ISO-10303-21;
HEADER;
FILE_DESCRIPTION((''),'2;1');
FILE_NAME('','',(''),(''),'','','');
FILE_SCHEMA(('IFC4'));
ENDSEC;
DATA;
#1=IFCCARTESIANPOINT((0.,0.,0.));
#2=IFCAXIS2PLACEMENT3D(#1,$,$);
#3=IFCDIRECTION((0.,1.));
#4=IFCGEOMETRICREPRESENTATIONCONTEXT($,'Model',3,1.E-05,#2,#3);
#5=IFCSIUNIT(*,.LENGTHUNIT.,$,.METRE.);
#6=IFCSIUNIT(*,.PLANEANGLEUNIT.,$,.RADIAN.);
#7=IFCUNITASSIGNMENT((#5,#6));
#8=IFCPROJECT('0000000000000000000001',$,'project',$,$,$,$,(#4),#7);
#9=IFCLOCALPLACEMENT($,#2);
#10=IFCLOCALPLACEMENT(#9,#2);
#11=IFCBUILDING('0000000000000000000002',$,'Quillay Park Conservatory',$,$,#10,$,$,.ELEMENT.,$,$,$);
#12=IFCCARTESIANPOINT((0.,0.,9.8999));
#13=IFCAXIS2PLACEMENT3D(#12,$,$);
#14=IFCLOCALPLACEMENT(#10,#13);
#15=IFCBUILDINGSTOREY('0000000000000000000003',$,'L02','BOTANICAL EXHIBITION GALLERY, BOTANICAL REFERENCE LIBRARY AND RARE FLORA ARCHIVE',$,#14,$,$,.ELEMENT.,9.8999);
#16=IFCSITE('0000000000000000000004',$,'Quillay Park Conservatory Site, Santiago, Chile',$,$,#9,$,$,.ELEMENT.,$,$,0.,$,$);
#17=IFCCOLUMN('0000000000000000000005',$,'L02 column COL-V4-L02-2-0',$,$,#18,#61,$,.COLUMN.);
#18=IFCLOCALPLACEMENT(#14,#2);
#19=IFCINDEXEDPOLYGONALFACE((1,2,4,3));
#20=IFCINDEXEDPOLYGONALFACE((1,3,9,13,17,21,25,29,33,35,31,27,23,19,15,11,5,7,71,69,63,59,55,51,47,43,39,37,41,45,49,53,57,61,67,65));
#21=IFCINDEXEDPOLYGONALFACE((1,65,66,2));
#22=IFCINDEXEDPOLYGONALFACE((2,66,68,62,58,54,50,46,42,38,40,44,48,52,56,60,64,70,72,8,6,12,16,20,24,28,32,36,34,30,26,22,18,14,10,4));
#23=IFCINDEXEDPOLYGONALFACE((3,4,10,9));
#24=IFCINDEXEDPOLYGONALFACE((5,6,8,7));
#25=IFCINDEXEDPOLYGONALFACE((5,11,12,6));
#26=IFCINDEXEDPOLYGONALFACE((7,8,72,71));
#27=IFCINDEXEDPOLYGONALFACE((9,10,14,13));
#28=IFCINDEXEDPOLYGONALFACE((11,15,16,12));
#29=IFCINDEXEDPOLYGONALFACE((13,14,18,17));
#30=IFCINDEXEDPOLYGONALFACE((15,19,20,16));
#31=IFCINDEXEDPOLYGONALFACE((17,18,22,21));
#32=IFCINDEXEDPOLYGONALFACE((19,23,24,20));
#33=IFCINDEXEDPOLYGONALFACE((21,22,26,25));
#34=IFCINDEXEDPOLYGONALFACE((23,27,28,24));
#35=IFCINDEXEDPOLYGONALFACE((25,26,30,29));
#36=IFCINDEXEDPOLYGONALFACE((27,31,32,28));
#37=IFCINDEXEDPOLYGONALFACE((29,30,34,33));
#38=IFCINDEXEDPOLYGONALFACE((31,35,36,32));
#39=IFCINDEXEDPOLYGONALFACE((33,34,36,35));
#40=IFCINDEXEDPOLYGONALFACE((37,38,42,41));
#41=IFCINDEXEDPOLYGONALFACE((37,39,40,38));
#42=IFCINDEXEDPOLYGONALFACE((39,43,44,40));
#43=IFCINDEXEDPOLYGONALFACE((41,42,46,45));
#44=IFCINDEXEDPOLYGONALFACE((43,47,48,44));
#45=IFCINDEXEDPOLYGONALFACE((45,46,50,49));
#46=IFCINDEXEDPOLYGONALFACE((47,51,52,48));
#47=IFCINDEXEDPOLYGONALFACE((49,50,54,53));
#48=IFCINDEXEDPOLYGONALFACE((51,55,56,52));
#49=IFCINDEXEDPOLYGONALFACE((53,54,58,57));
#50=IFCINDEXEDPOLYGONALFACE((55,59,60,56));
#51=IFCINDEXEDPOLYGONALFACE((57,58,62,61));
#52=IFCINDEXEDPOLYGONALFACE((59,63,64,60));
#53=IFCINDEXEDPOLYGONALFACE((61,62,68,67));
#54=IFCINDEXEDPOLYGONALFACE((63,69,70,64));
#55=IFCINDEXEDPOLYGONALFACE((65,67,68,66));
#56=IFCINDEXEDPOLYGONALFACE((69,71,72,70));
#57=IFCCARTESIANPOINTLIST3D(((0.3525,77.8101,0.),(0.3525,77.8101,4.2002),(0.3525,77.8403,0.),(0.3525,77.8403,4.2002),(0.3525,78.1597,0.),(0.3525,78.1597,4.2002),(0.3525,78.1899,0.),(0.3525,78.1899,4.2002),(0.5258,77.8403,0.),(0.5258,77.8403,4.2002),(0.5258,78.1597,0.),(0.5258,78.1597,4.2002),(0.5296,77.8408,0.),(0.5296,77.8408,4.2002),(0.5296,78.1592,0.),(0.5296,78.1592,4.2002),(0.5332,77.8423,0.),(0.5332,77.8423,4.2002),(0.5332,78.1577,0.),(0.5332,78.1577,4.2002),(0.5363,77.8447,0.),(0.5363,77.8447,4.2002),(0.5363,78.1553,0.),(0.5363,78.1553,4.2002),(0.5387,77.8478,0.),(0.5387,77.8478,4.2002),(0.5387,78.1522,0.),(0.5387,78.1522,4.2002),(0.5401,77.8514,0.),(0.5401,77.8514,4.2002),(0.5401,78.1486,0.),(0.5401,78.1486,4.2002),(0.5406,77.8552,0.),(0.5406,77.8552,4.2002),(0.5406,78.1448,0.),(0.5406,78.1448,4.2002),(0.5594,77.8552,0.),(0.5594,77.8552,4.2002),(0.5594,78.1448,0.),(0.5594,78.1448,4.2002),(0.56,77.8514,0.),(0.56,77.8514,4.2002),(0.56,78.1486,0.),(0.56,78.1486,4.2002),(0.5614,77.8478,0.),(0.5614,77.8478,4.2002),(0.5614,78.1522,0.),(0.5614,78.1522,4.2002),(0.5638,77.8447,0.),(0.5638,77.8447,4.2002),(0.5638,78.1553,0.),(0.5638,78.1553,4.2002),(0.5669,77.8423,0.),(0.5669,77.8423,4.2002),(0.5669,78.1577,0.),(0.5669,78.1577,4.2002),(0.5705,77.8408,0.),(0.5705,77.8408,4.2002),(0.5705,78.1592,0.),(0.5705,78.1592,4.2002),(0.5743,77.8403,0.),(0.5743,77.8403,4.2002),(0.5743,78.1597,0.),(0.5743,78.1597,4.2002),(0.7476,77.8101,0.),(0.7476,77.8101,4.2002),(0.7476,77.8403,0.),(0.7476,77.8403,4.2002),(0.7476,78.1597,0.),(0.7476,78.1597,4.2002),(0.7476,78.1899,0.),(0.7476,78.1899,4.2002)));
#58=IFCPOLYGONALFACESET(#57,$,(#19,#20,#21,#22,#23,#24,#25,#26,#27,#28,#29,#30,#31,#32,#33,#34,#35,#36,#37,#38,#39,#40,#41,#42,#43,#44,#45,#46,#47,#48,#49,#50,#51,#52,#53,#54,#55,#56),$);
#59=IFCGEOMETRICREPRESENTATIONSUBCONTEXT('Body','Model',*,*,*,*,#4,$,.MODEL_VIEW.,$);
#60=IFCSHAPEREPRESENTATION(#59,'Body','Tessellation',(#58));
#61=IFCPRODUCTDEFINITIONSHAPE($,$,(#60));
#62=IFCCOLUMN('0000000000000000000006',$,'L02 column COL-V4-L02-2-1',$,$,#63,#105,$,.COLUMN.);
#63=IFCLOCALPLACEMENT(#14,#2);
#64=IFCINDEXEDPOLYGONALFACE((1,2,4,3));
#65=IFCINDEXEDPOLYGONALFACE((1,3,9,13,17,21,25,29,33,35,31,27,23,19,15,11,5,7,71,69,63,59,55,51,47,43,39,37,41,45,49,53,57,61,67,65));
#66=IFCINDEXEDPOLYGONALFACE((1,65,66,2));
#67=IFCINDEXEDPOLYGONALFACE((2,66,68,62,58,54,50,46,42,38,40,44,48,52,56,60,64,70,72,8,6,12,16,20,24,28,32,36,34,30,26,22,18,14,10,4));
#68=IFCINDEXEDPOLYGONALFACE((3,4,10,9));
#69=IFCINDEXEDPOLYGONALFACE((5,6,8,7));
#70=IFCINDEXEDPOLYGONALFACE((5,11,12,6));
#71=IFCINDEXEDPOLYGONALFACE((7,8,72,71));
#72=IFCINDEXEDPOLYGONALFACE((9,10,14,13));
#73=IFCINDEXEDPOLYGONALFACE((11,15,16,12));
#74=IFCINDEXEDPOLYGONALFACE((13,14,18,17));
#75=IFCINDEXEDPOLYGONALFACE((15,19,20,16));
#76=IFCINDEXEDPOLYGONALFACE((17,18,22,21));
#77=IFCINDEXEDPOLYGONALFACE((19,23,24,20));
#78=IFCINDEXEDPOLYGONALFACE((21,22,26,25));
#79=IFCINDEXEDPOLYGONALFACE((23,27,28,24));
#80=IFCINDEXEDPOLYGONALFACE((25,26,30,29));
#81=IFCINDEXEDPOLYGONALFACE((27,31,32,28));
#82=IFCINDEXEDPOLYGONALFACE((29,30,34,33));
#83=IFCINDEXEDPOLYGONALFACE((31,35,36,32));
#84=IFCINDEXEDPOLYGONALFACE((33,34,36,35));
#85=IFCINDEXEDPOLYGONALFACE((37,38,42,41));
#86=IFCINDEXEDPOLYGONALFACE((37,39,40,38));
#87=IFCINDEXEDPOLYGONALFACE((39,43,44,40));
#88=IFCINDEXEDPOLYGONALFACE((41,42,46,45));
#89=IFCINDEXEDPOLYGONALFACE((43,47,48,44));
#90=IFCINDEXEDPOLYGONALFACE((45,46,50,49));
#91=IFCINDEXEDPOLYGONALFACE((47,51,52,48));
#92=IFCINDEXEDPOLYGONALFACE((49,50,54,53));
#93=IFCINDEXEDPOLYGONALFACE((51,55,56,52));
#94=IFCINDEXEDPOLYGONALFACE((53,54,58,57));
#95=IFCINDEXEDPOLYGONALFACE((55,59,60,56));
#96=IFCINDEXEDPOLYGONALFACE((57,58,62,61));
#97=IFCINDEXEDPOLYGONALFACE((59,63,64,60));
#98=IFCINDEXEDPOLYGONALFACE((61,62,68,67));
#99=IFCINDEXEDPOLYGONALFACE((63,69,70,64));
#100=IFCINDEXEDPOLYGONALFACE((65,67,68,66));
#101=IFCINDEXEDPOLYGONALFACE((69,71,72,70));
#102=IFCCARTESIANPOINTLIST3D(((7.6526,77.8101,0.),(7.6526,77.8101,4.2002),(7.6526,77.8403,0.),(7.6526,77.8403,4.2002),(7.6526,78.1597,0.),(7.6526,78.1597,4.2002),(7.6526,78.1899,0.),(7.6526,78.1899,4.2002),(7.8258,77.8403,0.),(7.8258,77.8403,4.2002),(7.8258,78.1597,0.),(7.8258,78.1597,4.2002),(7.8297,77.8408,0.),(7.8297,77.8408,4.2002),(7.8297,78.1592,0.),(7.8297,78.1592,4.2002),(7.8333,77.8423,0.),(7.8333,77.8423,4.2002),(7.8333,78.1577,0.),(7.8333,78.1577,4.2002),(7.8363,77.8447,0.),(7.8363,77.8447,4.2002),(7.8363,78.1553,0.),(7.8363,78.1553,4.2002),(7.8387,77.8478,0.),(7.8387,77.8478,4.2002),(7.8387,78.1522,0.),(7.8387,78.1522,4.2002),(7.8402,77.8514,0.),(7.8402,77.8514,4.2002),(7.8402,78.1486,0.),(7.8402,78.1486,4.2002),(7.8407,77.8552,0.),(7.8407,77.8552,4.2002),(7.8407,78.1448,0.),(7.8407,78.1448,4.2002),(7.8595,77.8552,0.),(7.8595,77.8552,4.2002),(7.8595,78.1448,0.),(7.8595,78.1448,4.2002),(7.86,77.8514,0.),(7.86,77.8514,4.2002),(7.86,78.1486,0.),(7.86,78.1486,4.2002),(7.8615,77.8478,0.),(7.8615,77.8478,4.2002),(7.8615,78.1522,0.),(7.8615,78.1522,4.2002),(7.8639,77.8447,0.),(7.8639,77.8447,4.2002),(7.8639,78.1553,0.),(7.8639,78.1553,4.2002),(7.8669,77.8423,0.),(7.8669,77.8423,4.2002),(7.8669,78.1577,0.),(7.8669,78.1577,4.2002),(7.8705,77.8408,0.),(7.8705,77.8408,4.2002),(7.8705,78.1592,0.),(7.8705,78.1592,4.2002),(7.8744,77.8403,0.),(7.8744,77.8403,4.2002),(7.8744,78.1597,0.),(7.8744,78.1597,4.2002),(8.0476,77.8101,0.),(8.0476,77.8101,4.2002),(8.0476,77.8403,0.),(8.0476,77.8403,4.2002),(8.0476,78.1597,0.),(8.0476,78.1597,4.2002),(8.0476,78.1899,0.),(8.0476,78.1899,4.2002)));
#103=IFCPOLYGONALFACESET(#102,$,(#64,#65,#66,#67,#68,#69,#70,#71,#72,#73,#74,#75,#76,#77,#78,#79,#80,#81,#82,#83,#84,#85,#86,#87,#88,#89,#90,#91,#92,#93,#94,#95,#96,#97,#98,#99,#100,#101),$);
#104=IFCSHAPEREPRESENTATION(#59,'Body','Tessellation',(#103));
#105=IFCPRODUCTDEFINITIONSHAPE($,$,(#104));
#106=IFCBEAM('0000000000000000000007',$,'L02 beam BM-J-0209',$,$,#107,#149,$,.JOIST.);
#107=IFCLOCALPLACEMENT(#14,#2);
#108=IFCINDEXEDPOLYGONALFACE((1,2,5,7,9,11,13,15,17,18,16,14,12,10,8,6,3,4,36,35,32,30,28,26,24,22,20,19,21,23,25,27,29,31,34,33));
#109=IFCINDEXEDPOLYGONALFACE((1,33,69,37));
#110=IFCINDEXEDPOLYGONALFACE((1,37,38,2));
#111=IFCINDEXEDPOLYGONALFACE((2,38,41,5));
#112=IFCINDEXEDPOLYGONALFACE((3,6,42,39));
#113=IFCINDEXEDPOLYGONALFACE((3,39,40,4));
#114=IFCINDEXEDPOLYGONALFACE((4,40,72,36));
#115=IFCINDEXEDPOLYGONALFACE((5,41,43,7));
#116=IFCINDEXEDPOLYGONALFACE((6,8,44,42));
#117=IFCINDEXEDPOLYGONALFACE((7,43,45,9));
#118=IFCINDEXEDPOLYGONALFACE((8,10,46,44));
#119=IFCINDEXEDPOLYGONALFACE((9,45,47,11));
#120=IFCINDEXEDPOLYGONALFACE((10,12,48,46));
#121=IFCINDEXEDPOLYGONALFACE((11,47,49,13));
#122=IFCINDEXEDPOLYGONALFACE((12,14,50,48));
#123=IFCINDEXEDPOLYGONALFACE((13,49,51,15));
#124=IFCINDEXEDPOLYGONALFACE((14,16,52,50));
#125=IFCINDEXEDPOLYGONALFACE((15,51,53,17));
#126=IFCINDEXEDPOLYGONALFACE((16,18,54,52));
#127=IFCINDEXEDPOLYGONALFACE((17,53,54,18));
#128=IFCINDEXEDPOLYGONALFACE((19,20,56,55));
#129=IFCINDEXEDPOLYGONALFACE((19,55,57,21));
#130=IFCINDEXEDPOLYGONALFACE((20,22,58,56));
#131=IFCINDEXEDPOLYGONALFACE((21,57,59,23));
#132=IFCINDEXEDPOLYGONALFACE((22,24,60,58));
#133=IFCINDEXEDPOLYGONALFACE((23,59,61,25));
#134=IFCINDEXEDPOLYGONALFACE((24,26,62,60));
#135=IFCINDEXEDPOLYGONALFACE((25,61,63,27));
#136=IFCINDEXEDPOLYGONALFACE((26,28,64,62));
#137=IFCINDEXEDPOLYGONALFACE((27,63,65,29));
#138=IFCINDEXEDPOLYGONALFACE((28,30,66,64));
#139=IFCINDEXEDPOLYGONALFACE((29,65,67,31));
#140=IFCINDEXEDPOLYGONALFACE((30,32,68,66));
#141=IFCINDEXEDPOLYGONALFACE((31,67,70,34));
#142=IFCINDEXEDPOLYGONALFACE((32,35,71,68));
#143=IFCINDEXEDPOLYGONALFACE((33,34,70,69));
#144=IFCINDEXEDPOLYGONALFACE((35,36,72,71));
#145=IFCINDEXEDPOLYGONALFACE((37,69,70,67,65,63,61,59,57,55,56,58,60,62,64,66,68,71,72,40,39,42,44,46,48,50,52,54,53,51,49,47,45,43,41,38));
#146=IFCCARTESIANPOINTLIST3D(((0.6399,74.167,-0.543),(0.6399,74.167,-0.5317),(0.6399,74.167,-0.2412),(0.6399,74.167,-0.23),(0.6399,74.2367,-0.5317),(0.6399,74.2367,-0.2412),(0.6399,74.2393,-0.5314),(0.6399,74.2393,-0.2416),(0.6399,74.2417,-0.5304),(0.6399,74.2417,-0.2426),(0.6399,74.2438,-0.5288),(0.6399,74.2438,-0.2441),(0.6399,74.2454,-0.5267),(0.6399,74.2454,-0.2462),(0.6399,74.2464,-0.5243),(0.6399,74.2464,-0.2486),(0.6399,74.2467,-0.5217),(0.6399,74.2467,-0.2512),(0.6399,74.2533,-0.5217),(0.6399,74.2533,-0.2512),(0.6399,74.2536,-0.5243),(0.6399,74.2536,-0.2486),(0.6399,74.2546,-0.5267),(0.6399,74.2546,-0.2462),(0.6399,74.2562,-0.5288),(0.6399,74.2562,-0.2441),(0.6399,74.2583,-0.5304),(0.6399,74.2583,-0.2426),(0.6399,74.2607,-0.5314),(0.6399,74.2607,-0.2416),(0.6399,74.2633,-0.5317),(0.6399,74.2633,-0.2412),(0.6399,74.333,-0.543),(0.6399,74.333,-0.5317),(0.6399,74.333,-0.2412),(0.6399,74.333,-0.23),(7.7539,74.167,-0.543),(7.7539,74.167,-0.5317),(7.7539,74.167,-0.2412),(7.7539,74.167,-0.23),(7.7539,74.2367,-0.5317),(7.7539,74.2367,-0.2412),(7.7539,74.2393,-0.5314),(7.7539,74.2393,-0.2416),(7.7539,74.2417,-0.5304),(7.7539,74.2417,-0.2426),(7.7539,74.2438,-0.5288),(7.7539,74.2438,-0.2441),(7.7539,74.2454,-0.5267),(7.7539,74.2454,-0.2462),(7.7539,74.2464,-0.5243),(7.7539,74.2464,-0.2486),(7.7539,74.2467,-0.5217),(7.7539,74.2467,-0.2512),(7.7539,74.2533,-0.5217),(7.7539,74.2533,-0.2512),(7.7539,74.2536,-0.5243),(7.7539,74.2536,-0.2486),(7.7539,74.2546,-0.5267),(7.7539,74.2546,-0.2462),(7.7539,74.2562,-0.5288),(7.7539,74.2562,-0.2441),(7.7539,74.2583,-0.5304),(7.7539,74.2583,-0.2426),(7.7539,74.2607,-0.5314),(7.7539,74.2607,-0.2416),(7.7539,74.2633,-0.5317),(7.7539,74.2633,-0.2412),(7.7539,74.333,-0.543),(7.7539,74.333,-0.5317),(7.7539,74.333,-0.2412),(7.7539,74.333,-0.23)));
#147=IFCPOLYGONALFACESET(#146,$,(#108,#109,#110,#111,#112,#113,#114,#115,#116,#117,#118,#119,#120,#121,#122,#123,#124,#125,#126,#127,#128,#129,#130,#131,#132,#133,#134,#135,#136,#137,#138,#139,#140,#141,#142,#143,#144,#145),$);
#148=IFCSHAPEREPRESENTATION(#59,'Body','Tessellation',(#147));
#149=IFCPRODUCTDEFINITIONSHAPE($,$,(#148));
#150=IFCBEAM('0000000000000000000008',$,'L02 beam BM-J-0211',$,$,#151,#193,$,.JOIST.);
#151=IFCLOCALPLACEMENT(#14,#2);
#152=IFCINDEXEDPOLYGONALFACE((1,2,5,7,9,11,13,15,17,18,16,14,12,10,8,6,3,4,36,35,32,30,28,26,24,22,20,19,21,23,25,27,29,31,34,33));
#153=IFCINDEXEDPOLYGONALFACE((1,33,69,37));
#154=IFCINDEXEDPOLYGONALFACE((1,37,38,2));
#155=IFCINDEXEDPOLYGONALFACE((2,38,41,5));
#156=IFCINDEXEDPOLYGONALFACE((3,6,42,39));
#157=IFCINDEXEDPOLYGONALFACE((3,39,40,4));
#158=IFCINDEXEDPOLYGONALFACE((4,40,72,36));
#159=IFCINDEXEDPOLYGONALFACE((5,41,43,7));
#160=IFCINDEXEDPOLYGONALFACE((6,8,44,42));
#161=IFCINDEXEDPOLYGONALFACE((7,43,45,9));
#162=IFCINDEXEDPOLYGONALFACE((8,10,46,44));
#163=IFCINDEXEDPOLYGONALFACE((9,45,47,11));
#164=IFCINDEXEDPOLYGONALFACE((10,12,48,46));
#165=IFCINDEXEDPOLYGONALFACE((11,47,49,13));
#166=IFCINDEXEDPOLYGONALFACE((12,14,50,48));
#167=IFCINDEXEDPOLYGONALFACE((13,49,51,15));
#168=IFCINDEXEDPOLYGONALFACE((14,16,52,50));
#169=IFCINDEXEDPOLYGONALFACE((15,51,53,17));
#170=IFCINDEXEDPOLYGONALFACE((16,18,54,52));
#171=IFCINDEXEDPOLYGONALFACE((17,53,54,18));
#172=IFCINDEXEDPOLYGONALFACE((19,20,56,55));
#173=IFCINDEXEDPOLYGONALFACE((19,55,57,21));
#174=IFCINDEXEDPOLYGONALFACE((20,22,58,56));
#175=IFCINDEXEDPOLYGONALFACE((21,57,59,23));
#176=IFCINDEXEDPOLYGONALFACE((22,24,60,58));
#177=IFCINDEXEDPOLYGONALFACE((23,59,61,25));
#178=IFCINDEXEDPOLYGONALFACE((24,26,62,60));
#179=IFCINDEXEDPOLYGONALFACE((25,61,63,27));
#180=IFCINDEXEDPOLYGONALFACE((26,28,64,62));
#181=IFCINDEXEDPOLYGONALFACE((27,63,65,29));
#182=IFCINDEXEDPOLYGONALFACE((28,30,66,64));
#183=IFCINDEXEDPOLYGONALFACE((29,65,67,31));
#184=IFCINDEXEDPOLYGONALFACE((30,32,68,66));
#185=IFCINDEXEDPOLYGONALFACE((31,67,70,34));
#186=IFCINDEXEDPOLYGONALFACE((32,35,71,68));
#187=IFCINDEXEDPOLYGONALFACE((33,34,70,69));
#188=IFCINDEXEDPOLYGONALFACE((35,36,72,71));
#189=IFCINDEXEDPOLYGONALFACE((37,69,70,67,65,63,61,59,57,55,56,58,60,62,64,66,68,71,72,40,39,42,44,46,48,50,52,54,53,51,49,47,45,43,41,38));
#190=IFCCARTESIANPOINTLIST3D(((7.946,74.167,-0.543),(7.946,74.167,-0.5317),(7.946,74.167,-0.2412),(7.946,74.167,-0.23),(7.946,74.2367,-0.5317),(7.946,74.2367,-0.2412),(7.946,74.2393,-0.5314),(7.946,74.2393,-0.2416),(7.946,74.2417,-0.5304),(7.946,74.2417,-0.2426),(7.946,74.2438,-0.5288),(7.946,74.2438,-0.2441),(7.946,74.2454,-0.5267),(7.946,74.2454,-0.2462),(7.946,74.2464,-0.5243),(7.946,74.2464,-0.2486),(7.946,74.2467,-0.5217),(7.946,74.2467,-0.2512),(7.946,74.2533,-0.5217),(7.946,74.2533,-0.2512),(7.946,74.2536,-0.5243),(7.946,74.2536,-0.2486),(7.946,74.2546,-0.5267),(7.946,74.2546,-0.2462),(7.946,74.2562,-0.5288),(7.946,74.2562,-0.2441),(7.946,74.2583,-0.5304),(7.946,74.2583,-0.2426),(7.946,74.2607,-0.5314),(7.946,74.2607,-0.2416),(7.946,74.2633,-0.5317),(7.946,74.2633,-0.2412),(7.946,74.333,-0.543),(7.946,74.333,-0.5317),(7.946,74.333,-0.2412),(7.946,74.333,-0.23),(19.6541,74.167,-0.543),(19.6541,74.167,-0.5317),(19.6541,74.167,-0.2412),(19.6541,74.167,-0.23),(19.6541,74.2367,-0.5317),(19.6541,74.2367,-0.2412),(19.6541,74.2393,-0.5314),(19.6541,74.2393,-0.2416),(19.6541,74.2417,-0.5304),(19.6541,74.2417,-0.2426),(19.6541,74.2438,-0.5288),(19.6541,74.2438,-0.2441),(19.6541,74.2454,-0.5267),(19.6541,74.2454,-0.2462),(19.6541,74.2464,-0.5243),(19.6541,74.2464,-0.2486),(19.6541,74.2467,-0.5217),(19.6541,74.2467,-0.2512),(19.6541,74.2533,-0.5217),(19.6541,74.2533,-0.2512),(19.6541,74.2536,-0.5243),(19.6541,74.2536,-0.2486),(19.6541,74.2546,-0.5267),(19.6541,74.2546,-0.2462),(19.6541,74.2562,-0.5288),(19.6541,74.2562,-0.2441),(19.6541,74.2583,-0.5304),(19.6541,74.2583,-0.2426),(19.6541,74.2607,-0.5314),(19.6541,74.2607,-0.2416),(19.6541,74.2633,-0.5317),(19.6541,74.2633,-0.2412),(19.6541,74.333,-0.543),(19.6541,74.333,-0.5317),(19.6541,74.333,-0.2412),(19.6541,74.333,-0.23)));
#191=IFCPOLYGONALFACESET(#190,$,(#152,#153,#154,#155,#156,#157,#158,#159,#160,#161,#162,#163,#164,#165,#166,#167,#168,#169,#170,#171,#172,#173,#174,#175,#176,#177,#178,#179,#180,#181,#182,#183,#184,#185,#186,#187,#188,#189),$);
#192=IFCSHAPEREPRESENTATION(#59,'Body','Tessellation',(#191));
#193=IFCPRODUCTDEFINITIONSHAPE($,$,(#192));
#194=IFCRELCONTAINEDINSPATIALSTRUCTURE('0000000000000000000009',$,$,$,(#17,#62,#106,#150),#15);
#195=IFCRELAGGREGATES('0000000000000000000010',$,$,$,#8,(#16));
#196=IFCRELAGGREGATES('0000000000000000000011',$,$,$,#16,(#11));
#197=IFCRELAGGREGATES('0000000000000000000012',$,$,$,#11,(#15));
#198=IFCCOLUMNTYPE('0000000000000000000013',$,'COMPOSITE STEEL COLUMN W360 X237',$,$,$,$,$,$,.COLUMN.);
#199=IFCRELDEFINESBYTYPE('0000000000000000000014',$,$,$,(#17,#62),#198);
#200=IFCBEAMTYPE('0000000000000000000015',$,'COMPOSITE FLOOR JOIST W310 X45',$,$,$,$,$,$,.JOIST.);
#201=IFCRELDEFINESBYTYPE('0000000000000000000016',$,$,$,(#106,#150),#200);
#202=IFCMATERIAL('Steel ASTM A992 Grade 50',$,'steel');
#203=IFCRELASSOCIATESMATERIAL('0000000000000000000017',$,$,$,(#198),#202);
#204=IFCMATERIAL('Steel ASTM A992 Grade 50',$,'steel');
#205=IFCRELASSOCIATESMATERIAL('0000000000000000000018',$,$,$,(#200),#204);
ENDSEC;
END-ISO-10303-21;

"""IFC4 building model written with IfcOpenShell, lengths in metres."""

from ifc_helpers import new_model, si_unit, direction, frame, origin, origin_2d, place, context, subcontext, project, spatial, i_section, extrude, material, material_profile, profile_set, type_object, element, save


model = new_model("IFC4")

# Units and contexts
model_context = context("Model", 3, precision=1e-05, world=origin(), true_north=direction((0.0, 1.0)))
body_context = subcontext(model_context, "Body", "Model", "MODEL_VIEW")
ifc_project = project(units=[si_unit("LENGTHUNIT", "METRE"), si_unit("PLANEANGLEUNIT", "RADIAN")], contexts=[model_context])

# Site, building, storey
site_placement = place(None, origin())
site = spatial("IfcSite", under=ifc_project, at=site_placement, Name="Quillay Park Conservatory Site, Santiago, Chile", CompositionType="ELEMENT", RefElevation=0.0)
building_placement = place(site_placement, origin())
building = spatial("IfcBuilding", under=site, at=building_placement, Name="Quillay Park Conservatory", CompositionType="ELEMENT")
storey_placement = place(building_placement, frame((0.0, 0.0, 9.8999)))
storey = spatial("IfcBuildingStorey", under=building, at=storey_placement, Name="L02", Description="BOTANICAL EXHIBITION GALLERY, BOTANICAL REFERENCE LIBRARY AND RARE FLORA ARCHIVE", CompositionType="ELEMENT", Elevation=9.8999)

# Columns
ifc_material_1 = material(Name="Steel ASTM A992 Grade 50", Category="steel")
ifc_material_profile_1 = material_profile(ifc_material_1, i_section(OverallWidth=0.395, OverallDepth=0.3799, WebThickness=0.0188, FlangeThickness=0.0303, FilletRadius=0.0149, at=origin_2d()), Name="W360x237")
ifc_profile_set_1 = profile_set([ifc_material_profile_1], Name="Steel ASTM A992 Grade 50")
column_type = type_object("IfcColumnType", Name="COMPOSITE STEEL COLUMN W360 X237", PredefinedType="COLUMN", material=ifc_profile_set_1)
for number, where, z_axis, x_axis, name in (
    (1, (0.55, 78.0, 0.0), (0.0, 0.0, 1.0), (1.0, 0.0, 0.0), "L02 column COL-V4-L02-2-0"),
    (2, (7.8501, 78.0, 0.0), (0.0, 0.0, 1.0), (1.0, 0.0, 0.0), "L02 column COL-V4-L02-2-1"),
):
    element("IfcColumn", number, at=place(storey_placement, frame(where, z_axis=z_axis, x_axis=x_axis)), inside=storey, type_object=column_type, Name=name, PredefinedType="COLUMN", context=body_context, shape_type="SweptSolid", body=[
        extrude(i_section(OverallWidth=0.395, OverallDepth=0.3799, WebThickness=0.0188, FlangeThickness=0.0303, FilletRadius=0.0149, at=origin_2d()), origin(), (0.0, 0.0, 1.0), 4.2002),
    ])

# Beams
ifc_material_2 = material(Name="Steel ASTM A992 Grade 50", Category="steel")
ifc_material_profile_2 = material_profile(ifc_material_2, i_section(OverallWidth=0.166, OverallDepth=0.313, WebThickness=0.0066, FlangeThickness=0.0112, FilletRadius=0.01, at=origin_2d()), Name="W310x45")
ifc_profile_set_2 = profile_set([ifc_material_profile_2], Name="Steel ASTM A992 Grade 50")
beam_type_1 = type_object("IfcBeamType", Name="COMPOSITE FLOOR JOIST W310 X45", PredefinedType="JOIST", material=ifc_profile_set_2)
beam_1_placement = place(storey_placement, frame((0.6399, 74.25, -0.3865), z_axis=(1.0, 0.0, 0.0), x_axis=(0.0, 1.0, 0.0)))
element("IfcBeam", 3, at=beam_1_placement, inside=storey, type_object=beam_type_1, Name="L02 beam BM-J-0209", PredefinedType="JOIST", context=body_context, shape_type="SweptSolid", body=[
    extrude(i_section(OverallWidth=0.166, OverallDepth=0.313, WebThickness=0.0066, FlangeThickness=0.0112, FilletRadius=0.01, at=origin_2d()), origin(), (0.0, 0.0, 1.0), 7.114),
])
beam_2_placement = place(storey_placement, frame((7.946, 74.25, -0.3865), z_axis=(1.0, 0.0, 0.0), x_axis=(0.0, 1.0, 0.0)))
element("IfcBeam", 4, at=beam_2_placement, inside=storey, type_object=beam_type_1, Name="L02 beam BM-J-0211", PredefinedType="JOIST", context=body_context, shape_type="SweptSolid", body=[
    extrude(i_section(OverallWidth=0.166, OverallDepth=0.313, WebThickness=0.0066, FlangeThickness=0.0112, FilletRadius=0.01, at=origin_2d()), origin(), (0.0, 0.0, 1.0), 11.708),
])

save(model, "model.ifc")
